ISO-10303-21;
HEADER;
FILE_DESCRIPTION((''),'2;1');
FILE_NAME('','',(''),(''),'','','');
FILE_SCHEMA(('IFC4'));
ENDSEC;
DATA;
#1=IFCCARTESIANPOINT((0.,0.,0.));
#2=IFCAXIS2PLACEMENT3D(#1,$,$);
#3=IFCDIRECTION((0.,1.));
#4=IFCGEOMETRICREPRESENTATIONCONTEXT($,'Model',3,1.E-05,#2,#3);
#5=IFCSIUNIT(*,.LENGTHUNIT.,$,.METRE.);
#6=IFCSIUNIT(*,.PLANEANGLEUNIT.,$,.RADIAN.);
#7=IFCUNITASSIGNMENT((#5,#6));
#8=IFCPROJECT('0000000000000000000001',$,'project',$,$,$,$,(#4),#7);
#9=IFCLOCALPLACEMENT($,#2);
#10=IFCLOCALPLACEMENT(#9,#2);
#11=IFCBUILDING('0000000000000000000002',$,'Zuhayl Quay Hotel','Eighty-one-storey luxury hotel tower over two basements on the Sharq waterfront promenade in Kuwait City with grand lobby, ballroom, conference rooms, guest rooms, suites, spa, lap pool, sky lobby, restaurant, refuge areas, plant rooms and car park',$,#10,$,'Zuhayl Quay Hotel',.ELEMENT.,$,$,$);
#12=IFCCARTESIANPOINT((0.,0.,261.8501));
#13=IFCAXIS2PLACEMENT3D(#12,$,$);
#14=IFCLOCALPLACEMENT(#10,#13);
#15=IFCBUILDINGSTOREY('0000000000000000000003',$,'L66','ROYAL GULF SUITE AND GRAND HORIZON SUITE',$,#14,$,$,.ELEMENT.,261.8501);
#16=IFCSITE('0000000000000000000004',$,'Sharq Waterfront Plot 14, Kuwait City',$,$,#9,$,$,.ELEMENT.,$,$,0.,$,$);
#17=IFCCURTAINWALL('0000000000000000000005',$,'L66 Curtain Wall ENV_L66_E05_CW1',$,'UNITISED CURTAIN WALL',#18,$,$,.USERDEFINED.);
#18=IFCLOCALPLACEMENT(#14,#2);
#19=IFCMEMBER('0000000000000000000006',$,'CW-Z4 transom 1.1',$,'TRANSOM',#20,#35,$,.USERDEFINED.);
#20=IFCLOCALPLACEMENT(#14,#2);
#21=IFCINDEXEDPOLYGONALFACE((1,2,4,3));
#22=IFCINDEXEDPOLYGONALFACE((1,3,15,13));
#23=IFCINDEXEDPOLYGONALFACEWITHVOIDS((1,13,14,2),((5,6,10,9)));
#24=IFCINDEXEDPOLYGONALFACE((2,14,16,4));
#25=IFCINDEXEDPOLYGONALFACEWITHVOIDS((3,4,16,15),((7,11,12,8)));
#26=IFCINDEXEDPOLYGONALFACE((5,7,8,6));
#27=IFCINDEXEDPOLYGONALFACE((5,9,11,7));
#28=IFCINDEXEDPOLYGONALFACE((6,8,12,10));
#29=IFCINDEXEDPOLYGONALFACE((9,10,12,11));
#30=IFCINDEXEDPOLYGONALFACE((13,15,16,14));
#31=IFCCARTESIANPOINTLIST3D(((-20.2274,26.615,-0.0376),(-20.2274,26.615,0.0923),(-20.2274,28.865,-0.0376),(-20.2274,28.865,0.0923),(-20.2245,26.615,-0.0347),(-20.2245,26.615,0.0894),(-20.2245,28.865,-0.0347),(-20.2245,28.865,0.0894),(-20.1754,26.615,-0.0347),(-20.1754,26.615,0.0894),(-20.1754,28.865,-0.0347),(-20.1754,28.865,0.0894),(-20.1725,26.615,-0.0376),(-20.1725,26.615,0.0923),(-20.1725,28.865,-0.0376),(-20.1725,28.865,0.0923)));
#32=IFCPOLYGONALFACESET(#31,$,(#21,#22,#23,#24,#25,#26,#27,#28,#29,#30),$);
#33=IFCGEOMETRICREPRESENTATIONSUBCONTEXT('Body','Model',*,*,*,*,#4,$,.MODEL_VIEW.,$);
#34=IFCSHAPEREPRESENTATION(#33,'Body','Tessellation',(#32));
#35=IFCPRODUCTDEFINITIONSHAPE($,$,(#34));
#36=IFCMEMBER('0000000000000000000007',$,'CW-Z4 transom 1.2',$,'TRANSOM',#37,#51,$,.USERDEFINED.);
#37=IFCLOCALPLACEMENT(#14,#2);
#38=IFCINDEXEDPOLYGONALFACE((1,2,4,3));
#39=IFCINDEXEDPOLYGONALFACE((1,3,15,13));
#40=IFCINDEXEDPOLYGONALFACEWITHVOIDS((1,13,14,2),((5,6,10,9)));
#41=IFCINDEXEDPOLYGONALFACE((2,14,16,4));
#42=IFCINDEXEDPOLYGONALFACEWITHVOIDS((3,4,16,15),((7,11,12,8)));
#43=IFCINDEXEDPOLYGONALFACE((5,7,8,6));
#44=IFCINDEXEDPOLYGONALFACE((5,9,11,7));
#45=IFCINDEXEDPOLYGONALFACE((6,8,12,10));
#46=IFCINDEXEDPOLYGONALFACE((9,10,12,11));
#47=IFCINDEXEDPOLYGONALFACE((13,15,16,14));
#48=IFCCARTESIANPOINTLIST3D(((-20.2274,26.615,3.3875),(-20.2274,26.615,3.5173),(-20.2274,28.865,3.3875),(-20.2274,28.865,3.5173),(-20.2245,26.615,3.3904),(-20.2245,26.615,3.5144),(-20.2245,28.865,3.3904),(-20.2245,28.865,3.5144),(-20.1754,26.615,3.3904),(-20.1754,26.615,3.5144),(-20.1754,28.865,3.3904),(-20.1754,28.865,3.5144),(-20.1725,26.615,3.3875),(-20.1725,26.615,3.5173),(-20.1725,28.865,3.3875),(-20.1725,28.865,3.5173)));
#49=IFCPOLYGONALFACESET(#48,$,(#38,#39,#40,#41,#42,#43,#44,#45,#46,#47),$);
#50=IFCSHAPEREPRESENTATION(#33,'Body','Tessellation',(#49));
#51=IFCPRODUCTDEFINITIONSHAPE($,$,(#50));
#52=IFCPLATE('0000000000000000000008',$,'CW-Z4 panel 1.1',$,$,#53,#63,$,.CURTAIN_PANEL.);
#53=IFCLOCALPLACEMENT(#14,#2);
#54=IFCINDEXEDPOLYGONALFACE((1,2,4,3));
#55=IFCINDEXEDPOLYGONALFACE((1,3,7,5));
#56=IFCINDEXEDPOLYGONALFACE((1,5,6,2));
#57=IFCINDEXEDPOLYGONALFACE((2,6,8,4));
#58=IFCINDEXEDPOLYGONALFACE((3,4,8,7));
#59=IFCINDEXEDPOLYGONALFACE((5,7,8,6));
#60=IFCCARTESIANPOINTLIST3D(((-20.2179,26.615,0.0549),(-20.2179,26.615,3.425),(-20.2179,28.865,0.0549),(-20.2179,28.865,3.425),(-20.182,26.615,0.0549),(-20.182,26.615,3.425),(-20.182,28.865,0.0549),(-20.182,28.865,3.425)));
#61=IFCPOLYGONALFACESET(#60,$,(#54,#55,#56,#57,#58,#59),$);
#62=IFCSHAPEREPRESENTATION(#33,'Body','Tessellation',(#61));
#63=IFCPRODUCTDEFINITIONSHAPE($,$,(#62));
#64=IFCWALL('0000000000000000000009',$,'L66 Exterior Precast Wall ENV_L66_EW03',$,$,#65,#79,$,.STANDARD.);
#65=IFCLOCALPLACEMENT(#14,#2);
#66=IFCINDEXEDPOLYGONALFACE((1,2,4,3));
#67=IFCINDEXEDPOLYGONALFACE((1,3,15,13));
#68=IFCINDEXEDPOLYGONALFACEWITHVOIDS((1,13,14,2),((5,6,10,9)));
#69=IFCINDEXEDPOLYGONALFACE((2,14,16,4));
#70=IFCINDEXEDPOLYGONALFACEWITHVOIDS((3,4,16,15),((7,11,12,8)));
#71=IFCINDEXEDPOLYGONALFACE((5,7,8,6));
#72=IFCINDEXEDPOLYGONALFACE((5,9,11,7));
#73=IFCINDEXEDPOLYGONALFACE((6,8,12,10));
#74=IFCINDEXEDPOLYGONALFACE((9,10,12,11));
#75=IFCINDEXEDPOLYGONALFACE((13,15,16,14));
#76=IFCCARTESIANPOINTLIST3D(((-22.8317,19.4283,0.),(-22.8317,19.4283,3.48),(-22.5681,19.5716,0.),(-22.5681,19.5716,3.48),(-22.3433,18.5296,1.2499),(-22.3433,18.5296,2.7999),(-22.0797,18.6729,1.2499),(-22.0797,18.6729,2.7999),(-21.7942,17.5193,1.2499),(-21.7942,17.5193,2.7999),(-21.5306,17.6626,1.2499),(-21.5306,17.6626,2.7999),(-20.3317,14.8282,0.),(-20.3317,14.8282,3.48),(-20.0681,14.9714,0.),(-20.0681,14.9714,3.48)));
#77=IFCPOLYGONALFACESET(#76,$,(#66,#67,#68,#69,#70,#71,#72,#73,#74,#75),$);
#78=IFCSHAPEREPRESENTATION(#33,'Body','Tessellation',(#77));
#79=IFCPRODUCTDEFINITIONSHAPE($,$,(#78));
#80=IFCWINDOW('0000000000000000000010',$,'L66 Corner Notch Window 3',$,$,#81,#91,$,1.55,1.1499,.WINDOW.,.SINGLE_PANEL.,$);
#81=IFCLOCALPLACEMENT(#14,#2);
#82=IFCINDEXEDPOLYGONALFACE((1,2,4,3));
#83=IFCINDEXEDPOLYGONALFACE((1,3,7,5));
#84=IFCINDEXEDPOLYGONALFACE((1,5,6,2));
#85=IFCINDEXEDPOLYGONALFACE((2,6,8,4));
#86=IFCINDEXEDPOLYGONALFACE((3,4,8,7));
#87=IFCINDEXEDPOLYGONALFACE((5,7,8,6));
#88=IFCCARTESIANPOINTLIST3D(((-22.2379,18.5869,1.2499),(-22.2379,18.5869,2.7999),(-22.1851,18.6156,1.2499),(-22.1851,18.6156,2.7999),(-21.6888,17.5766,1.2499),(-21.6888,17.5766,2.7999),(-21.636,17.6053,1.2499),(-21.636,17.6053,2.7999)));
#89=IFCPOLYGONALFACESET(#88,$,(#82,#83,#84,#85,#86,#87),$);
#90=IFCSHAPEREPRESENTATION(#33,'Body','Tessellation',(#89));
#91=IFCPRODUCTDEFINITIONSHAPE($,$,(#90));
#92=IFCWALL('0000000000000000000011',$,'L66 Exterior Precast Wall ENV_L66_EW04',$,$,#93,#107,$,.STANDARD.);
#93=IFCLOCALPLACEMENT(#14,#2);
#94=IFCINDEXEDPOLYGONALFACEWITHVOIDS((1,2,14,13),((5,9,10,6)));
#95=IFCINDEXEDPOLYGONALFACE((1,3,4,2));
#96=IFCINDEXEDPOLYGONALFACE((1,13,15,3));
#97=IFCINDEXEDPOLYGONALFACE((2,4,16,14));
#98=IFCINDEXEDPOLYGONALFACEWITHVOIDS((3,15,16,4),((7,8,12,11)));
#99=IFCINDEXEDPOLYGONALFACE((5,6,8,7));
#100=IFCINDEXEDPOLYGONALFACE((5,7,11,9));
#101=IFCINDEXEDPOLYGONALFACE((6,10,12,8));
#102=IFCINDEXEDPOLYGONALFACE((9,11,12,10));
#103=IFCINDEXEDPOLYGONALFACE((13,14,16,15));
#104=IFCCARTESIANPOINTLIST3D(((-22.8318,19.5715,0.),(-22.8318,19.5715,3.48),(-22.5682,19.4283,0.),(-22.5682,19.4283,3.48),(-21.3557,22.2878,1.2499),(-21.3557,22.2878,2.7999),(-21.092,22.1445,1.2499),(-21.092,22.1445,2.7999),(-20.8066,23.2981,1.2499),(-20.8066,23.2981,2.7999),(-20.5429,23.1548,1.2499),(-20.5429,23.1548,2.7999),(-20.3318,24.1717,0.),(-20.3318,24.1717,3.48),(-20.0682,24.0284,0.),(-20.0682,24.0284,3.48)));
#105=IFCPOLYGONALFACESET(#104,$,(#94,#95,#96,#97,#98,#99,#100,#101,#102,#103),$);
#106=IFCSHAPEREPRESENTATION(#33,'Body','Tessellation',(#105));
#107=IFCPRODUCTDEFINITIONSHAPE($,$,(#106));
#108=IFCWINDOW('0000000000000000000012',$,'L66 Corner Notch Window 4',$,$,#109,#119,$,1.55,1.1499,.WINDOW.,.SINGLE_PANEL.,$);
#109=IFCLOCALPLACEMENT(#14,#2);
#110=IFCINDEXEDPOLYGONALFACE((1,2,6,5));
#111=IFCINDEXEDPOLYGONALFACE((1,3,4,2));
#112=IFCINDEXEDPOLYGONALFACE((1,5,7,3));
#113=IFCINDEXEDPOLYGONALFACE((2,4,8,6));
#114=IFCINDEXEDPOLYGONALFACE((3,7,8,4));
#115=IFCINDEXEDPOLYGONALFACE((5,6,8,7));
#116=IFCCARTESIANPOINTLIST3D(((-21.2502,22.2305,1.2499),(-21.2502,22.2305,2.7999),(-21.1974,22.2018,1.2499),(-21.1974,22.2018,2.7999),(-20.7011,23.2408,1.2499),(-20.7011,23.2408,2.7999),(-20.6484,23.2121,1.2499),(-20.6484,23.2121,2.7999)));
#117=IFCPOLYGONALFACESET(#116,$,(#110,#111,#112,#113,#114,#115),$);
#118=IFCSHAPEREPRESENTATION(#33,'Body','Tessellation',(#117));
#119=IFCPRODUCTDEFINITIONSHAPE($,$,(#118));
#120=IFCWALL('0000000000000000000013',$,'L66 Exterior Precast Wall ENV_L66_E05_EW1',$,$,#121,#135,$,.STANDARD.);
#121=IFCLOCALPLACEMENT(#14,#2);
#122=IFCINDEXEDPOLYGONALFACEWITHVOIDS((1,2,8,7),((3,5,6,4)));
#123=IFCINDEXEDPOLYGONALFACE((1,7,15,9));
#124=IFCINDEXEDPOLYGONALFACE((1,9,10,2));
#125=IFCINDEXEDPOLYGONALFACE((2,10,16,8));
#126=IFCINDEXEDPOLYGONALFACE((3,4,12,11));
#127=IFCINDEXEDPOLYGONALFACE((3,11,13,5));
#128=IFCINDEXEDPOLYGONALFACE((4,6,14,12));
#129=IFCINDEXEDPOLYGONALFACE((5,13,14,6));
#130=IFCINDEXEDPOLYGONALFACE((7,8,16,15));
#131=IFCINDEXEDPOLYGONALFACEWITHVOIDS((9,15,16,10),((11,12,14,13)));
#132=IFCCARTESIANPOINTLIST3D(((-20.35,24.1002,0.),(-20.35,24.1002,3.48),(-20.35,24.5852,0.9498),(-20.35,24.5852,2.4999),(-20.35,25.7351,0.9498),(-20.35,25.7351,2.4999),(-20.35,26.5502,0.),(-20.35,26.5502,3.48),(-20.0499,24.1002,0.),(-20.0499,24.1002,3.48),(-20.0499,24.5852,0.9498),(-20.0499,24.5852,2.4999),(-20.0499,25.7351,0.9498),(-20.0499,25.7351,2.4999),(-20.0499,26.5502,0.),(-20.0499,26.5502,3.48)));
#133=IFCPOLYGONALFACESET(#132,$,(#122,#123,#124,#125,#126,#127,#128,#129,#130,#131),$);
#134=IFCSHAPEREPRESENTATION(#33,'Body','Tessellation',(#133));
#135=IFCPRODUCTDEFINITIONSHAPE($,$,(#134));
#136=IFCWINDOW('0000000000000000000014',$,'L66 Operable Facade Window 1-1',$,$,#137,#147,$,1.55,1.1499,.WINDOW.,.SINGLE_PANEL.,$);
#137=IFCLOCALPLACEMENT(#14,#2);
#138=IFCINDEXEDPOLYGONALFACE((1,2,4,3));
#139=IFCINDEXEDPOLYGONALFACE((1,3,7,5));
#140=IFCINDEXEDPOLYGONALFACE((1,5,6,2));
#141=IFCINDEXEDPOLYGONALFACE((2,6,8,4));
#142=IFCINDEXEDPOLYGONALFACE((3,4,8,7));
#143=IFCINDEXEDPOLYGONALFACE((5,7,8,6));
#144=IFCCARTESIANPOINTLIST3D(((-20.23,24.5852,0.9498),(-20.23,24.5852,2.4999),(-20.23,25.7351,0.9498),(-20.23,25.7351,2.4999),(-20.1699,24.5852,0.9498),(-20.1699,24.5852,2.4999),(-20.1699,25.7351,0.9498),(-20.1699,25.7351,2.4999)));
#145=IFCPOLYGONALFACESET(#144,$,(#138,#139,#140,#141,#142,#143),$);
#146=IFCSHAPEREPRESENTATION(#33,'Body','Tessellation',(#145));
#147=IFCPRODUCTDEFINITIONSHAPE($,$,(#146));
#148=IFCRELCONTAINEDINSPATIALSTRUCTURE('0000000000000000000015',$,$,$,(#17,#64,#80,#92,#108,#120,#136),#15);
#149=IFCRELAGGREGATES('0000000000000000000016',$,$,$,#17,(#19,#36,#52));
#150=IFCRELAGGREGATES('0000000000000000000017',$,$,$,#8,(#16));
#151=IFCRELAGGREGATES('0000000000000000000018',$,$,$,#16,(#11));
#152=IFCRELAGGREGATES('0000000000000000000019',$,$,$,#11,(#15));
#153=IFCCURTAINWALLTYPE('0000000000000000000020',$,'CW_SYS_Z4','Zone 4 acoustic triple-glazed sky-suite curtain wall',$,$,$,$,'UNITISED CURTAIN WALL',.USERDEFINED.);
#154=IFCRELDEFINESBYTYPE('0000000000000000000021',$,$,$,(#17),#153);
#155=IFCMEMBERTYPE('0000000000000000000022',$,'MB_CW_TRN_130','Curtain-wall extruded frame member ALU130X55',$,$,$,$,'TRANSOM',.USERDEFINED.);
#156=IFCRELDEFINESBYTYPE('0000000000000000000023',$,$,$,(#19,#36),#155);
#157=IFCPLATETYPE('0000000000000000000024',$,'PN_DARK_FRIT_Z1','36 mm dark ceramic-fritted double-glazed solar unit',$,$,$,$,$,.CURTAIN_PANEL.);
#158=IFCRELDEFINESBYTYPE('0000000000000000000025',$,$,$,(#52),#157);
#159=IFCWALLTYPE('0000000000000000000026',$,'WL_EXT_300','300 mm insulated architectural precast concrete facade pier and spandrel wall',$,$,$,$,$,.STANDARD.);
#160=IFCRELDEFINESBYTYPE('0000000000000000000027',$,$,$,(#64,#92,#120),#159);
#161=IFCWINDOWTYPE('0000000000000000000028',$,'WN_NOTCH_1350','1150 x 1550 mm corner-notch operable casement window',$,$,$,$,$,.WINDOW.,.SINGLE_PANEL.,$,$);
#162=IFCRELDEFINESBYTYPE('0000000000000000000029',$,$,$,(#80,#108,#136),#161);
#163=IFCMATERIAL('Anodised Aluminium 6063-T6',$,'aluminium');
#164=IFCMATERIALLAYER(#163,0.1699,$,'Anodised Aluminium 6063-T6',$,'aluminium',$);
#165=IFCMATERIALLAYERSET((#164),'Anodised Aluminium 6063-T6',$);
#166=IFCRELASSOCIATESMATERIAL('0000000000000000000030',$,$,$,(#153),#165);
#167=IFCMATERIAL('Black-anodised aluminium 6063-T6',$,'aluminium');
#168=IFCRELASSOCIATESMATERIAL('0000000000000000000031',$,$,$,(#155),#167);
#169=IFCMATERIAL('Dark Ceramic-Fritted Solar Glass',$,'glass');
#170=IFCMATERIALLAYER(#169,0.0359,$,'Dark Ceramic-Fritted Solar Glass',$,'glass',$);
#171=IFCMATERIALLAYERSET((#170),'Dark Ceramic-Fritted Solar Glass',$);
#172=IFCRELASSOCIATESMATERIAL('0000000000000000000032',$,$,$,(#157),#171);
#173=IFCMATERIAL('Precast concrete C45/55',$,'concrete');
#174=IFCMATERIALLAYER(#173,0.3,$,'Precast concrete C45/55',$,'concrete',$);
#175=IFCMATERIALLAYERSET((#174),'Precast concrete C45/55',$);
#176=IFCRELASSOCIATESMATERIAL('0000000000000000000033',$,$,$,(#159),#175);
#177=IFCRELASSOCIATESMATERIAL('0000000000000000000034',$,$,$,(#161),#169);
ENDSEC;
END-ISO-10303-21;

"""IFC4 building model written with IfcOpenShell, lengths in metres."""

from ifc_helpers import new_model, si_unit, direction, frame, frame_2d, origin, origin_2d, place, context, subcontext, project, spatial, rectangle, hollow_rectangle, extrude, material, layer, layer_set, material_profile, profile_set, type_object, element, fill, aggregate, save


model = new_model("IFC4")

# Units and contexts
model_context = context("Model", 3, precision=1e-05, world=origin(), true_north=direction((0.0, 1.0)))
body_context = subcontext(model_context, "Body", "Model", "MODEL_VIEW")
ifc_project = project(units=[si_unit("LENGTHUNIT", "METRE"), si_unit("PLANEANGLEUNIT", "RADIAN")], contexts=[model_context])

# Site, building, storey
site_placement = place(None, origin())
site = spatial("IfcSite", under=ifc_project, at=site_placement, Name="Sharq Waterfront Plot 14, Kuwait City", CompositionType="ELEMENT", RefElevation=0.0)
building_placement = place(site_placement, origin())
building = spatial("IfcBuilding", under=site, at=building_placement, Name="Zuhayl Quay Hotel", Description="Eighty-one-storey luxury hotel tower over two basements on the Sharq waterfront promenade in Kuwait City with grand lobby, ballroom, conference rooms, guest rooms, suites, spa, lap pool, sky lobby, restaurant, refuge areas, plant rooms and car park", LongName="Zuhayl Quay Hotel", CompositionType="ELEMENT")
storey_placement = place(building_placement, frame((0.0, 0.0, 261.8501)))
storey = spatial("IfcBuildingStorey", under=building, at=storey_placement, Name="L66", Description="ROYAL GULF SUITE AND GRAND HORIZON SUITE", CompositionType="ELEMENT", Elevation=261.8501)

# Curtain wall, members, plate
ifc_material_1 = material(Name="Anodised Aluminium 6063-T6", Category="aluminium")
ifc_layer_1 = layer(ifc_material_1, 0.1699, Name="Anodised Aluminium 6063-T6", Category="aluminium")
ifc_layer_set_1 = layer_set([ifc_layer_1], Name="Anodised Aluminium 6063-T6")
curtain_wall_type = type_object("IfcCurtainWallType", Name="CW_SYS_Z4", Description="Zone 4 acoustic triple-glazed sky-suite curtain wall", ElementType="UNITISED CURTAIN WALL", PredefinedType="USERDEFINED", material=ifc_layer_set_1)
curtain_wall_placement = place(storey_placement, origin())
curtain_wall = element("IfcCurtainWall", 1, at=curtain_wall_placement, inside=storey, type_object=curtain_wall_type, Name="L66 Curtain Wall ENV_L66_E05_CW1", ObjectType="UNITISED CURTAIN WALL", PredefinedType="USERDEFINED")
ifc_material_2 = material(Name="Black-anodised aluminium 6063-T6", Category="aluminium")
ifc_material_profile_1 = material_profile(ifc_material_2, hollow_rectangle(XDim=0.0549, YDim=0.1299, WallThickness=0.0029, at=origin_2d()), Name="ALU130X55")
ifc_profile_set_1 = profile_set([ifc_material_profile_1], Name="Black-anodised aluminium 6063-T6")
member_type_1 = type_object("IfcMemberType", Name="MB_CW_TRN_130", Description="Curtain-wall extruded frame member ALU130X55", ElementType="TRANSOM", PredefinedType="USERDEFINED", material=ifc_profile_set_1)
member_1_placement = place(storey_placement, frame((-20.2, 26.615, 0.0273), z_axis=(0.0, 1.0, 0.0), x_axis=(-1.0, 0.0, 0.0)))
member_1 = element("IfcMember", 2, at=member_1_placement, type_object=member_type_1, Name="CW-Z4 transom 1.1", ObjectType="TRANSOM", PredefinedType="USERDEFINED", context=body_context, shape_type="SweptSolid", body=[
    extrude(hollow_rectangle(XDim=0.0549, YDim=0.1299, WallThickness=0.0029, at=origin_2d()), origin(), (0.0, 0.0, 1.0), 2.25),
])
member_2_placement = place(storey_placement, frame((-20.2, 26.615, 3.4524), z_axis=(0.0, 1.0, 0.0), x_axis=(-1.0, 0.0, 0.0)))
member_2 = element("IfcMember", 3, at=member_2_placement, type_object=member_type_1, Name="CW-Z4 transom 1.2", ObjectType="TRANSOM", PredefinedType="USERDEFINED", context=body_context, shape_type="SweptSolid", body=[
    extrude(hollow_rectangle(XDim=0.0549, YDim=0.1299, WallThickness=0.0029, at=origin_2d()), origin(), (0.0, 0.0, 1.0), 2.25),
])
ifc_material_3 = material(Name="Dark Ceramic-Fritted Solar Glass", Category="glass")
ifc_layer_2 = layer(ifc_material_3, 0.0359, Name="Dark Ceramic-Fritted Solar Glass", Category="glass")
ifc_layer_set_2 = layer_set([ifc_layer_2], Name="Dark Ceramic-Fritted Solar Glass")
plate_type = type_object("IfcPlateType", Name="PN_DARK_FRIT_Z1", Description="36 mm dark ceramic-fritted double-glazed solar unit", PredefinedType="CURTAIN_PANEL", material=ifc_layer_set_2)
plate_placement = place(storey_placement, frame((-20.2, 27.74, 0.0549), z_axis=(0.0, 0.0, 1.0), x_axis=(0.0, 1.0, 0.0)))
plate = element("IfcPlate", 4, at=plate_placement, type_object=plate_type, Name="CW-Z4 panel 1.1", PredefinedType="CURTAIN_PANEL", context=body_context, shape_type="SweptSolid", body=[
    extrude(rectangle(XDim=2.25, YDim=0.0359, at=origin_2d()), origin(), (0.0, 0.0, 1.0), 3.3701),
])
aggregate(curtain_wall, [member_1, member_2, plate])

# Walls, openings, windows
ifc_material_4 = material(Name="Precast concrete C45/55", Category="concrete")
ifc_layer_3 = layer(ifc_material_4, 0.3, Name="Precast concrete C45/55", Category="concrete")
ifc_layer_set_3 = layer_set([ifc_layer_3], Name="Precast concrete C45/55")
wall_type_1 = type_object("IfcWallType", Name="WL_EXT_300", Description="300 mm insulated architectural precast concrete facade pier and spandrel wall", PredefinedType="STANDARD", material=ifc_layer_set_3)
wall_1_placement = place(storey_placement, frame((-20.2, 14.8999, 0.0), z_axis=(0.0, 0.0, 1.0), x_axis=(-0.477505, 0.878629, 0.0)))
wall_1 = element("IfcWall", 5, at=wall_1_placement, inside=storey, type_object=wall_type_1, Name="L66 Exterior Precast Wall ENV_L66_EW03", PredefinedType="STANDARD", context=body_context, shape_type="SweptSolid", body=[
    extrude(rectangle(XDim=5.2356, YDim=0.3, at=frame_2d((2.6177, 0.0))), origin(), (0.0, 0.0, 1.0), 3.48),
])
opening_1_placement = place(wall_1_placement, frame((3.0627, 0.0, 1.25)))
opening_1 = element("IfcOpeningElement", 6, at=opening_1_placement, cuts=wall_1, PredefinedType="OPENING", context=body_context, shape_type="SweptSolid", body=[
    extrude(rectangle(XDim=1.1499, YDim=1.55, at=frame_2d((0.575, 0.7749))), frame((0.0, 0.1599, 0.0), z_axis=(0.0, -1.0, 0.0), x_axis=(1.0, 0.0, 0.0)), (0.0, 0.0, 1.0), 0.3201),
])
window_type = type_object("IfcWindowType", Name="WN_NOTCH_1350", Description="1150 x 1550 mm corner-notch operable casement window", PartitioningType="SINGLE_PANEL", PredefinedType="WINDOW", material=ifc_material_3)
window_1_placement = place(opening_1_placement, origin())
window_1 = element("IfcWindow", 7, at=window_1_placement, inside=storey, type_object=window_type, Name="L66 Corner Notch Window 3", OverallHeight=1.55, OverallWidth=1.1499, PartitioningType="SINGLE_PANEL", PredefinedType="WINDOW", context=body_context, shape_type="SweptSolid", body=[
    extrude(rectangle(XDim=1.1499, YDim=1.55, at=frame_2d((0.575, 0.7749))), frame((0.0, 0.03, 0.0), z_axis=(0.0, -1.0, 0.0), x_axis=(1.0, 0.0, 0.0)), (0.0, 0.0, 1.0), 0.0601),
])
fill(opening_1, window_1)
wall_2_placement = place(storey_placement, frame((-22.7, 19.5, 0.0), z_axis=(0.0, 0.0, 1.0), x_axis=(0.477505, 0.878629, 0.0)))
wall_2 = element("IfcWall", 8, at=wall_2_placement, inside=storey, type_object=wall_type_1, Name="L66 Exterior Precast Wall ENV_L66_EW04", PredefinedType="STANDARD", context=body_context, shape_type="SweptSolid", body=[
    extrude(rectangle(XDim=5.2356, YDim=0.3, at=frame_2d((2.6177, 0.0))), origin(), (0.0, 0.0, 1.0), 3.48),
])
opening_2_placement = place(wall_2_placement, frame((3.0913, 0.0, 1.25)))
opening_2 = element("IfcOpeningElement", 9, at=opening_2_placement, cuts=wall_2, PredefinedType="OPENING", context=body_context, shape_type="SweptSolid", body=[
    extrude(rectangle(XDim=1.1499, YDim=1.55, at=frame_2d((0.575, 0.7749))), frame((0.0, 0.1599, 0.0), z_axis=(0.0, -1.0, 0.0), x_axis=(1.0, 0.0, 0.0)), (0.0, 0.0, 1.0), 0.3201),
])
window_2_placement = place(opening_2_placement, origin())
window_2 = element("IfcWindow", 10, at=window_2_placement, inside=storey, type_object=window_type, Name="L66 Corner Notch Window 4", OverallHeight=1.55, OverallWidth=1.1499, PartitioningType="SINGLE_PANEL", PredefinedType="WINDOW", context=body_context, shape_type="SweptSolid", body=[
    extrude(rectangle(XDim=1.1499, YDim=1.55, at=frame_2d((0.575, 0.7749))), frame((0.0, 0.03, 0.0), z_axis=(0.0, -1.0, 0.0), x_axis=(1.0, 0.0, 0.0)), (0.0, 0.0, 1.0), 0.0601),
])
fill(opening_2, window_2)
wall_3_placement = place(storey_placement, frame((-20.2, 24.1001, 0.0), z_axis=(0.0, 0.0, 1.0), x_axis=(0.0, 1.0, 0.0)))
wall_3 = element("IfcWall", 11, at=wall_3_placement, inside=storey, type_object=wall_type_1, Name="L66 Exterior Precast Wall ENV_L66_E05_EW1", PredefinedType="STANDARD", context=body_context, shape_type="SweptSolid", body=[
    extrude(rectangle(XDim=2.45, YDim=0.3, at=frame_2d((1.2251, 0.0))), origin(), (0.0, 0.0, 1.0), 3.48),
])
opening_3_placement = place(wall_3_placement, frame((0.4851, 0.0, 0.95)))
opening_3 = element("IfcOpeningElement", 12, at=opening_3_placement, cuts=wall_3, PredefinedType="OPENING", context=body_context, shape_type="SweptSolid", body=[
    extrude(rectangle(XDim=1.1499, YDim=1.55, at=frame_2d((0.575, 0.7749))), frame((0.0, 0.1599, 0.0), z_axis=(0.0, -1.0, 0.0), x_axis=(1.0, 0.0, 0.0)), (0.0, 0.0, 1.0), 0.3201),
])
window_3_placement = place(opening_3_placement, origin())
window_3 = element("IfcWindow", 13, at=window_3_placement, inside=storey, type_object=window_type, Name="L66 Operable Facade Window 1-1", OverallHeight=1.55, OverallWidth=1.1499, PartitioningType="SINGLE_PANEL", PredefinedType="WINDOW", context=body_context, shape_type="SweptSolid", body=[
    extrude(rectangle(XDim=1.1499, YDim=1.55, at=frame_2d((0.575, 0.7749))), frame((0.0, 0.03, 0.0), z_axis=(0.0, -1.0, 0.0), x_axis=(1.0, 0.0, 0.0)), (0.0, 0.0, 1.0), 0.0601),
])
fill(opening_3, window_3)

save(model, "model.ifc")
